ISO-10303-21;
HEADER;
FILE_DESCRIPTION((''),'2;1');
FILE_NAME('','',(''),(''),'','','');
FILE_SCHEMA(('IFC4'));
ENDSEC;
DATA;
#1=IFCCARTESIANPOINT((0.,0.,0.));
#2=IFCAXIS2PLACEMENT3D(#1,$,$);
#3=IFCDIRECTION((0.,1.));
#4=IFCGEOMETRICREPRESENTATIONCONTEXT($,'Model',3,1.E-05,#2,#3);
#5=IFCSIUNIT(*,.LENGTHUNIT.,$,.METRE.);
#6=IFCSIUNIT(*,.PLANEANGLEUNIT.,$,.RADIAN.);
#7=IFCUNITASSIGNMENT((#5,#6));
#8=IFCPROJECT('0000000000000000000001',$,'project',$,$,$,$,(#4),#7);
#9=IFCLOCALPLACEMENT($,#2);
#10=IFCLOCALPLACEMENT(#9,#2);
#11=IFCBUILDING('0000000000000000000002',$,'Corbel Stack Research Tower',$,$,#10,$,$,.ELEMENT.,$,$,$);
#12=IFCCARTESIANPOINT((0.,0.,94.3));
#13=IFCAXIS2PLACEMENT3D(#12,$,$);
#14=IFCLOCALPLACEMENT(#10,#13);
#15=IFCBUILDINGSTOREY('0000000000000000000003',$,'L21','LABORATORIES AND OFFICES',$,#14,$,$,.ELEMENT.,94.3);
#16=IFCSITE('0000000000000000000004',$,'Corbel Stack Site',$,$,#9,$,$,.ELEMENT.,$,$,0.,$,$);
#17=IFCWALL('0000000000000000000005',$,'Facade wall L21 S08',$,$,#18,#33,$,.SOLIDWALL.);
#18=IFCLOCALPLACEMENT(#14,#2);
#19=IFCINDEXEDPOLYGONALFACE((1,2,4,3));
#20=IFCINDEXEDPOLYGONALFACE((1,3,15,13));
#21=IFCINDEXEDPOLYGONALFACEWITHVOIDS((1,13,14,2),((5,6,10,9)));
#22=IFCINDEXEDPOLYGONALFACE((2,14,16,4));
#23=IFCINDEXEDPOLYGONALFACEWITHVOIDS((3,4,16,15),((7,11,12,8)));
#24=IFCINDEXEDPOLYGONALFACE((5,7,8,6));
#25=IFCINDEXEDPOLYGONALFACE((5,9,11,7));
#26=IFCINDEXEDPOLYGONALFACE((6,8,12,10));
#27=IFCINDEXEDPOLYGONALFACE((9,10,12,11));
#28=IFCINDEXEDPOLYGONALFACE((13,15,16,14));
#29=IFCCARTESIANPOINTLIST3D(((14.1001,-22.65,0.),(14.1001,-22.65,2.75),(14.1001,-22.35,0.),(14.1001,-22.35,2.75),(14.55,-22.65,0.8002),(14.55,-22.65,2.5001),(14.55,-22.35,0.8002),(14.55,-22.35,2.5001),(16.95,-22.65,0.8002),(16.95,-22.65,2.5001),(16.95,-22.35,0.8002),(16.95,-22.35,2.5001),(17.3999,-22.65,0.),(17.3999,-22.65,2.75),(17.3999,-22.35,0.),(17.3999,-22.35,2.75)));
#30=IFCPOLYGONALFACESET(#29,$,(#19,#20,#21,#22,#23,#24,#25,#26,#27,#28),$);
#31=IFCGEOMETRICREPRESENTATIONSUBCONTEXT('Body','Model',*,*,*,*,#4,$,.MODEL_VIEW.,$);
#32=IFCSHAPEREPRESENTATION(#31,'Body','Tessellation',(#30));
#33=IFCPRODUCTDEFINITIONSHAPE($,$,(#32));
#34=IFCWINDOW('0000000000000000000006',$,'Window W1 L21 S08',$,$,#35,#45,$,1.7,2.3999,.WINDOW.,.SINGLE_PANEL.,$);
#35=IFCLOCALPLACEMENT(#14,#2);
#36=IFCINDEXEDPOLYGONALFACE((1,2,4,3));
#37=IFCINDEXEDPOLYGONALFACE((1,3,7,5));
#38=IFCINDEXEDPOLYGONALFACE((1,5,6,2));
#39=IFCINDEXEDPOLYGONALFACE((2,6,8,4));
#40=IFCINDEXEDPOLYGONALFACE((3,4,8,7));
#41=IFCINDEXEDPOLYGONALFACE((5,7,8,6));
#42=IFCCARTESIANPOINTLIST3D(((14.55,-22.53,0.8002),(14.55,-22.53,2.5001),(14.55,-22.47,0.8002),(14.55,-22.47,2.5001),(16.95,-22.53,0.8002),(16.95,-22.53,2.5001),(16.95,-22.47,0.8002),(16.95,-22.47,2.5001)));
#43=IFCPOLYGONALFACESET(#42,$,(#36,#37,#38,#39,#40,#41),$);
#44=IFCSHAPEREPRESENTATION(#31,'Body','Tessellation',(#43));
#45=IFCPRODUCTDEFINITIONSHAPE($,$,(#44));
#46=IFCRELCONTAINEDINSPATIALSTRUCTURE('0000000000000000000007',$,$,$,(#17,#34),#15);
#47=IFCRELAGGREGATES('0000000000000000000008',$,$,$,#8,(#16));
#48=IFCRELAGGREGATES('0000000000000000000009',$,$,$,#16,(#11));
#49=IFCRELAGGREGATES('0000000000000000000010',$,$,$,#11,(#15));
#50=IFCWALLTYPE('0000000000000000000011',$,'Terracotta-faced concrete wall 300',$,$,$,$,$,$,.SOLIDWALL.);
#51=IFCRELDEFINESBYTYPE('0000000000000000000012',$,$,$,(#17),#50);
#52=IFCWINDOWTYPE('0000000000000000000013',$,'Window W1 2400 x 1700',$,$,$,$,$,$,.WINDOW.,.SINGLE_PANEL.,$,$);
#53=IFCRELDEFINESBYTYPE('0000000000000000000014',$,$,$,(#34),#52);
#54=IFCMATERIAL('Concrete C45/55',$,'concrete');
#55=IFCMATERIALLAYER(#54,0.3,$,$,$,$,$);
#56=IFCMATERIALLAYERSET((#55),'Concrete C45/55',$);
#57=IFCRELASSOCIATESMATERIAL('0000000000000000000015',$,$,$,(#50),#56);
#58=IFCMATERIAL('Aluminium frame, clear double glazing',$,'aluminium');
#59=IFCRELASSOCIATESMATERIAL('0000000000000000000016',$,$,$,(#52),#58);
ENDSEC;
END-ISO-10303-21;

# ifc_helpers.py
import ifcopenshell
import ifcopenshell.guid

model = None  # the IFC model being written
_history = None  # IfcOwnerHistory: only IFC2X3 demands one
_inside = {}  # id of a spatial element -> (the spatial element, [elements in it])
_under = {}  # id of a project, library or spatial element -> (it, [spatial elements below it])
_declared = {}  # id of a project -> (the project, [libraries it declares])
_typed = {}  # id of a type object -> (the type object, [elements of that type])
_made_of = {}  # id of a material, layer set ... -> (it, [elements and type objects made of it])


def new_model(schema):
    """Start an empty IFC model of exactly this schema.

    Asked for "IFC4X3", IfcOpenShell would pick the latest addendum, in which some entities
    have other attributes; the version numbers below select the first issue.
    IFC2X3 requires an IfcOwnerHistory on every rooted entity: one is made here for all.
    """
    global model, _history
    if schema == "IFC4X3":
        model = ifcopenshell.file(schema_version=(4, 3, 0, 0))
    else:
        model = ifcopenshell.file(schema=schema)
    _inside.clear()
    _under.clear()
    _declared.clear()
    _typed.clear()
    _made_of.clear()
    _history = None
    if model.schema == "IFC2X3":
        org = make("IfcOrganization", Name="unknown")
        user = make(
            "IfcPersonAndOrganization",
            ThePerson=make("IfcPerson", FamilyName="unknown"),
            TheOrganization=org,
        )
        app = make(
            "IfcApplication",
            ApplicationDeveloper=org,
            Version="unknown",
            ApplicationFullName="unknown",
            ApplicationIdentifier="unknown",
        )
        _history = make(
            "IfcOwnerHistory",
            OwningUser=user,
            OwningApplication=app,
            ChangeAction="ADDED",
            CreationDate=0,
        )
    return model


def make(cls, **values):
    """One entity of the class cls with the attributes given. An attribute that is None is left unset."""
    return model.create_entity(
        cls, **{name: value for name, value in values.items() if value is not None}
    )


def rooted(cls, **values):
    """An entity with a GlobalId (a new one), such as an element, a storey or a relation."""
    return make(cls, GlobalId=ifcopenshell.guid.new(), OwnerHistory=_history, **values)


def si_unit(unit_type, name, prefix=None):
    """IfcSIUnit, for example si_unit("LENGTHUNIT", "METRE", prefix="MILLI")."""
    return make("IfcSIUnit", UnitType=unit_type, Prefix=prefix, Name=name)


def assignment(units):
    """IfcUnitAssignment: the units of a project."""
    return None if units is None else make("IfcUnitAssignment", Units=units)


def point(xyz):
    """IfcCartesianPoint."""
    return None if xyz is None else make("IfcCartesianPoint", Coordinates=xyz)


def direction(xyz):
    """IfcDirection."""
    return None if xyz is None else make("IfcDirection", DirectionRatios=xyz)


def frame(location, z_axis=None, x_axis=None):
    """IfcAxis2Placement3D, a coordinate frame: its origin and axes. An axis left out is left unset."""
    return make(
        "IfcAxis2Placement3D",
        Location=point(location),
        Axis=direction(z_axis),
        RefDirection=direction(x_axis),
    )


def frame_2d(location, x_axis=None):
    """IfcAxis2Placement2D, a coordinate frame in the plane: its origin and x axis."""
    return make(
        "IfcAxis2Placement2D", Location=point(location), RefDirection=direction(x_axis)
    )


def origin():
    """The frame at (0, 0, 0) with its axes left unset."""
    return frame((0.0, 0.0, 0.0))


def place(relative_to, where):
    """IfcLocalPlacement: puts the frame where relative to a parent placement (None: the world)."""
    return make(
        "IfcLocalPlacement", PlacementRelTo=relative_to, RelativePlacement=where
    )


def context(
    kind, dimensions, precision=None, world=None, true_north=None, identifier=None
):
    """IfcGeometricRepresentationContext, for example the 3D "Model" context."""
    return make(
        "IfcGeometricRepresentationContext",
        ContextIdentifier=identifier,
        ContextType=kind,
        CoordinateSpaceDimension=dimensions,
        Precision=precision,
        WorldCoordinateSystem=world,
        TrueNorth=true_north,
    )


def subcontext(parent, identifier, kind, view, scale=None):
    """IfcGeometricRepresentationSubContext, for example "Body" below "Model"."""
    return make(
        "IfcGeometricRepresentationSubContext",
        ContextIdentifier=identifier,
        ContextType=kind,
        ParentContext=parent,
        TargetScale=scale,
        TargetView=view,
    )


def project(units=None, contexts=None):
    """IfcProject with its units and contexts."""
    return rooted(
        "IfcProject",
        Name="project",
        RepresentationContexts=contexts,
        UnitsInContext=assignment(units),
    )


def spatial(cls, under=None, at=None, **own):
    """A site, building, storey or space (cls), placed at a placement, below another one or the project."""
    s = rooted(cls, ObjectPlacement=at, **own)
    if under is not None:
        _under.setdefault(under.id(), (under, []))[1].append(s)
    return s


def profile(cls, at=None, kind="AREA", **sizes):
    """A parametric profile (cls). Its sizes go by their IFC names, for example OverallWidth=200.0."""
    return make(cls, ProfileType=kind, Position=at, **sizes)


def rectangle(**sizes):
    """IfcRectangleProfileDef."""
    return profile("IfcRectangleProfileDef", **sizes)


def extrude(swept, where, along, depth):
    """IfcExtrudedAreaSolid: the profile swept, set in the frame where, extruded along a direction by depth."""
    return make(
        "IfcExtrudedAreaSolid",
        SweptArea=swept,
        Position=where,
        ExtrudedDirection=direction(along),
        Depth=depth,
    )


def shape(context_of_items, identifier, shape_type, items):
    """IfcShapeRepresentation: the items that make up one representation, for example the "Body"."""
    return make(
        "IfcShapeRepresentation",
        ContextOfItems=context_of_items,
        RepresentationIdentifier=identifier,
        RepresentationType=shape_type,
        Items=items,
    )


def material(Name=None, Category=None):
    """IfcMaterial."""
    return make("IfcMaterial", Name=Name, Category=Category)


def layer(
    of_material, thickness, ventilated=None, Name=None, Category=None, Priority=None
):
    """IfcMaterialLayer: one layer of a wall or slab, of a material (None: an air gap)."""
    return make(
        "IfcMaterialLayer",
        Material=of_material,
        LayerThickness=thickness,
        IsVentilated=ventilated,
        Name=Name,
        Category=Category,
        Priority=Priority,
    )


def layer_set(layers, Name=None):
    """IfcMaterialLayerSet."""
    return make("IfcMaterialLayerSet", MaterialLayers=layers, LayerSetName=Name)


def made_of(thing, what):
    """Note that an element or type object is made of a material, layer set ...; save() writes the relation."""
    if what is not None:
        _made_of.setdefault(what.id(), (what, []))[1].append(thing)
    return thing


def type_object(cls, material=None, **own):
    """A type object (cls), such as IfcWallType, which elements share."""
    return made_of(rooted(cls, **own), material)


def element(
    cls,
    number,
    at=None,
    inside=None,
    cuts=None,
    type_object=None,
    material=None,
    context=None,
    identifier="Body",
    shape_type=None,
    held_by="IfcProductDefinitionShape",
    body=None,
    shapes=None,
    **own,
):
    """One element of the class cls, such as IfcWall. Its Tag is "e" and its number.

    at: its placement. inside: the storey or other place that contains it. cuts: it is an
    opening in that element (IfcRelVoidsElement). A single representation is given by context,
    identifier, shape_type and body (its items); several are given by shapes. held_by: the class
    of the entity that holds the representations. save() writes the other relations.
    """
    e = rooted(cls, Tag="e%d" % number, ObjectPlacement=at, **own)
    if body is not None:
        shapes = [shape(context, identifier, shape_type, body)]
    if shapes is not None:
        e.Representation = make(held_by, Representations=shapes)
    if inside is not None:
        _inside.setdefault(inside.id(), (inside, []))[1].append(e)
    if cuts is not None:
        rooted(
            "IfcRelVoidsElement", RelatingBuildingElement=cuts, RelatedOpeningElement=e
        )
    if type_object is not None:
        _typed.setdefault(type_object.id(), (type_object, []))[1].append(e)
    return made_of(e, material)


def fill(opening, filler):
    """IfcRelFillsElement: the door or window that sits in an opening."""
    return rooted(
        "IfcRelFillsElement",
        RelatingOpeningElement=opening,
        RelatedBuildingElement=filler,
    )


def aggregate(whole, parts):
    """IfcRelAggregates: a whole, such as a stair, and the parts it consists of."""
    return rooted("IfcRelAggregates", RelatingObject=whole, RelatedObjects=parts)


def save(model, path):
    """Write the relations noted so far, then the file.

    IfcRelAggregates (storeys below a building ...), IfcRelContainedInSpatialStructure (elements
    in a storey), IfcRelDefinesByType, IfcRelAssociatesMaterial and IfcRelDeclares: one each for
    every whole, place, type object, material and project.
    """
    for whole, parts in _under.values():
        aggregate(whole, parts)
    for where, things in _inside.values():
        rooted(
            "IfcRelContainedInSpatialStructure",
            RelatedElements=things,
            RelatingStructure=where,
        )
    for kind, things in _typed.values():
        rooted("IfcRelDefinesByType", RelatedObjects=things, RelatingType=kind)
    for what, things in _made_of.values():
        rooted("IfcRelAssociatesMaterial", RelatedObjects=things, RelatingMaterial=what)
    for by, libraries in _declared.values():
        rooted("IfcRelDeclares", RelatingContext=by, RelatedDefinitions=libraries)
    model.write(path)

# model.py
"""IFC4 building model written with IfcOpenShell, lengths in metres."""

from ifc_helpers import new_model, si_unit, direction, frame, frame_2d, origin, place, context, subcontext, project, spatial, rectangle, extrude, material, layer, layer_set, type_object, element, fill, save


model = new_model("IFC4")

# Units and contexts
model_context = context("Model", 3, precision=1e-05, world=origin(), true_north=direction((0.0, 1.0)))
body_context = subcontext(model_context, "Body", "Model", "MODEL_VIEW")
ifc_project = project(units=[si_unit("LENGTHUNIT", "METRE"), si_unit("PLANEANGLEUNIT", "RADIAN")], contexts=[model_context])

# Site, building, storey
site_placement = place(None, origin())
site = spatial("IfcSite", under=ifc_project, at=site_placement, Name="Corbel Stack Site", CompositionType="ELEMENT", RefElevation=0.0)
building_placement = place(site_placement, origin())
building = spatial("IfcBuilding", under=site, at=building_placement, Name="Corbel Stack Research Tower", CompositionType="ELEMENT")
storey_placement = place(building_placement, frame((0.0, 0.0, 94.3)))
storey = spatial("IfcBuildingStorey", under=building, at=storey_placement, Name="L21", Description="LABORATORIES AND OFFICES", CompositionType="ELEMENT", Elevation=94.3)

# Wall, opening, window
ifc_material_1 = material(Name="Concrete C45/55", Category="concrete")
ifc_layer_1 = layer(ifc_material_1, 0.3)
ifc_layer_set_1 = layer_set([ifc_layer_1], Name="Concrete C45/55")
wall_type_1 = type_object("IfcWallType", Name="Terracotta-faced concrete wall 300", PredefinedType="SOLIDWALL", material=ifc_layer_set_1)
wall_1_placement = place(storey_placement, frame((17.3999, -22.5, 0.0), z_axis=(0.0, 0.0, 1.0), x_axis=(-1.0, 0.0, 0.0)))
wall_1 = element("IfcWall", 1, at=wall_1_placement, inside=storey, type_object=wall_type_1, Name="Facade wall L21 S08", PredefinedType="SOLIDWALL", context=body_context, shape_type="SweptSolid", body=[
    extrude(rectangle(XDim=3.2998, YDim=0.3, at=frame_2d((1.6499, 0.0))), origin(), (0.0, 0.0, 1.0), 2.75),
])
opening_1_placement = place(wall_1_placement, frame((0.45, 0.0, 0.8)))
opening_1 = element("IfcOpeningElement", 2, at=opening_1_placement, cuts=wall_1, PredefinedType="OPENING", context=body_context, shape_type="SweptSolid", body=[
    extrude(rectangle(XDim=2.3999, YDim=1.7, at=frame_2d((1.2, 0.8501))), frame((0.0, 0.1599, 0.0), z_axis=(0.0, -1.0, 0.0), x_axis=(1.0, 0.0, 0.0)), (0.0, 0.0, 1.0), 0.3201),
])
ifc_material_2 = material(Name="Aluminium frame, clear double glazing", Category="aluminium")
window_type = type_object("IfcWindowType", Name="Window W1 2400 x 1700", PartitioningType="SINGLE_PANEL", PredefinedType="WINDOW", material=ifc_material_2)
window_placement = place(opening_1_placement, origin())
window = element("IfcWindow", 3, at=window_placement, inside=storey, type_object=window_type, Name="Window W1 L21 S08", OverallHeight=1.7, OverallWidth=2.3999, PartitioningType="SINGLE_PANEL", PredefinedType="WINDOW", context=body_context, shape_type="SweptSolid", body=[
    extrude(rectangle(XDim=2.3999, YDim=1.7, at=frame_2d((1.2, 0.8501))), frame((0.0, 0.03, 0.0), z_axis=(0.0, -1.0, 0.0), x_axis=(1.0, 0.0, 0.0)), (0.0, 0.0, 1.0), 0.0601),
])
fill(opening_1, window)

save(model, "model.ifc")
